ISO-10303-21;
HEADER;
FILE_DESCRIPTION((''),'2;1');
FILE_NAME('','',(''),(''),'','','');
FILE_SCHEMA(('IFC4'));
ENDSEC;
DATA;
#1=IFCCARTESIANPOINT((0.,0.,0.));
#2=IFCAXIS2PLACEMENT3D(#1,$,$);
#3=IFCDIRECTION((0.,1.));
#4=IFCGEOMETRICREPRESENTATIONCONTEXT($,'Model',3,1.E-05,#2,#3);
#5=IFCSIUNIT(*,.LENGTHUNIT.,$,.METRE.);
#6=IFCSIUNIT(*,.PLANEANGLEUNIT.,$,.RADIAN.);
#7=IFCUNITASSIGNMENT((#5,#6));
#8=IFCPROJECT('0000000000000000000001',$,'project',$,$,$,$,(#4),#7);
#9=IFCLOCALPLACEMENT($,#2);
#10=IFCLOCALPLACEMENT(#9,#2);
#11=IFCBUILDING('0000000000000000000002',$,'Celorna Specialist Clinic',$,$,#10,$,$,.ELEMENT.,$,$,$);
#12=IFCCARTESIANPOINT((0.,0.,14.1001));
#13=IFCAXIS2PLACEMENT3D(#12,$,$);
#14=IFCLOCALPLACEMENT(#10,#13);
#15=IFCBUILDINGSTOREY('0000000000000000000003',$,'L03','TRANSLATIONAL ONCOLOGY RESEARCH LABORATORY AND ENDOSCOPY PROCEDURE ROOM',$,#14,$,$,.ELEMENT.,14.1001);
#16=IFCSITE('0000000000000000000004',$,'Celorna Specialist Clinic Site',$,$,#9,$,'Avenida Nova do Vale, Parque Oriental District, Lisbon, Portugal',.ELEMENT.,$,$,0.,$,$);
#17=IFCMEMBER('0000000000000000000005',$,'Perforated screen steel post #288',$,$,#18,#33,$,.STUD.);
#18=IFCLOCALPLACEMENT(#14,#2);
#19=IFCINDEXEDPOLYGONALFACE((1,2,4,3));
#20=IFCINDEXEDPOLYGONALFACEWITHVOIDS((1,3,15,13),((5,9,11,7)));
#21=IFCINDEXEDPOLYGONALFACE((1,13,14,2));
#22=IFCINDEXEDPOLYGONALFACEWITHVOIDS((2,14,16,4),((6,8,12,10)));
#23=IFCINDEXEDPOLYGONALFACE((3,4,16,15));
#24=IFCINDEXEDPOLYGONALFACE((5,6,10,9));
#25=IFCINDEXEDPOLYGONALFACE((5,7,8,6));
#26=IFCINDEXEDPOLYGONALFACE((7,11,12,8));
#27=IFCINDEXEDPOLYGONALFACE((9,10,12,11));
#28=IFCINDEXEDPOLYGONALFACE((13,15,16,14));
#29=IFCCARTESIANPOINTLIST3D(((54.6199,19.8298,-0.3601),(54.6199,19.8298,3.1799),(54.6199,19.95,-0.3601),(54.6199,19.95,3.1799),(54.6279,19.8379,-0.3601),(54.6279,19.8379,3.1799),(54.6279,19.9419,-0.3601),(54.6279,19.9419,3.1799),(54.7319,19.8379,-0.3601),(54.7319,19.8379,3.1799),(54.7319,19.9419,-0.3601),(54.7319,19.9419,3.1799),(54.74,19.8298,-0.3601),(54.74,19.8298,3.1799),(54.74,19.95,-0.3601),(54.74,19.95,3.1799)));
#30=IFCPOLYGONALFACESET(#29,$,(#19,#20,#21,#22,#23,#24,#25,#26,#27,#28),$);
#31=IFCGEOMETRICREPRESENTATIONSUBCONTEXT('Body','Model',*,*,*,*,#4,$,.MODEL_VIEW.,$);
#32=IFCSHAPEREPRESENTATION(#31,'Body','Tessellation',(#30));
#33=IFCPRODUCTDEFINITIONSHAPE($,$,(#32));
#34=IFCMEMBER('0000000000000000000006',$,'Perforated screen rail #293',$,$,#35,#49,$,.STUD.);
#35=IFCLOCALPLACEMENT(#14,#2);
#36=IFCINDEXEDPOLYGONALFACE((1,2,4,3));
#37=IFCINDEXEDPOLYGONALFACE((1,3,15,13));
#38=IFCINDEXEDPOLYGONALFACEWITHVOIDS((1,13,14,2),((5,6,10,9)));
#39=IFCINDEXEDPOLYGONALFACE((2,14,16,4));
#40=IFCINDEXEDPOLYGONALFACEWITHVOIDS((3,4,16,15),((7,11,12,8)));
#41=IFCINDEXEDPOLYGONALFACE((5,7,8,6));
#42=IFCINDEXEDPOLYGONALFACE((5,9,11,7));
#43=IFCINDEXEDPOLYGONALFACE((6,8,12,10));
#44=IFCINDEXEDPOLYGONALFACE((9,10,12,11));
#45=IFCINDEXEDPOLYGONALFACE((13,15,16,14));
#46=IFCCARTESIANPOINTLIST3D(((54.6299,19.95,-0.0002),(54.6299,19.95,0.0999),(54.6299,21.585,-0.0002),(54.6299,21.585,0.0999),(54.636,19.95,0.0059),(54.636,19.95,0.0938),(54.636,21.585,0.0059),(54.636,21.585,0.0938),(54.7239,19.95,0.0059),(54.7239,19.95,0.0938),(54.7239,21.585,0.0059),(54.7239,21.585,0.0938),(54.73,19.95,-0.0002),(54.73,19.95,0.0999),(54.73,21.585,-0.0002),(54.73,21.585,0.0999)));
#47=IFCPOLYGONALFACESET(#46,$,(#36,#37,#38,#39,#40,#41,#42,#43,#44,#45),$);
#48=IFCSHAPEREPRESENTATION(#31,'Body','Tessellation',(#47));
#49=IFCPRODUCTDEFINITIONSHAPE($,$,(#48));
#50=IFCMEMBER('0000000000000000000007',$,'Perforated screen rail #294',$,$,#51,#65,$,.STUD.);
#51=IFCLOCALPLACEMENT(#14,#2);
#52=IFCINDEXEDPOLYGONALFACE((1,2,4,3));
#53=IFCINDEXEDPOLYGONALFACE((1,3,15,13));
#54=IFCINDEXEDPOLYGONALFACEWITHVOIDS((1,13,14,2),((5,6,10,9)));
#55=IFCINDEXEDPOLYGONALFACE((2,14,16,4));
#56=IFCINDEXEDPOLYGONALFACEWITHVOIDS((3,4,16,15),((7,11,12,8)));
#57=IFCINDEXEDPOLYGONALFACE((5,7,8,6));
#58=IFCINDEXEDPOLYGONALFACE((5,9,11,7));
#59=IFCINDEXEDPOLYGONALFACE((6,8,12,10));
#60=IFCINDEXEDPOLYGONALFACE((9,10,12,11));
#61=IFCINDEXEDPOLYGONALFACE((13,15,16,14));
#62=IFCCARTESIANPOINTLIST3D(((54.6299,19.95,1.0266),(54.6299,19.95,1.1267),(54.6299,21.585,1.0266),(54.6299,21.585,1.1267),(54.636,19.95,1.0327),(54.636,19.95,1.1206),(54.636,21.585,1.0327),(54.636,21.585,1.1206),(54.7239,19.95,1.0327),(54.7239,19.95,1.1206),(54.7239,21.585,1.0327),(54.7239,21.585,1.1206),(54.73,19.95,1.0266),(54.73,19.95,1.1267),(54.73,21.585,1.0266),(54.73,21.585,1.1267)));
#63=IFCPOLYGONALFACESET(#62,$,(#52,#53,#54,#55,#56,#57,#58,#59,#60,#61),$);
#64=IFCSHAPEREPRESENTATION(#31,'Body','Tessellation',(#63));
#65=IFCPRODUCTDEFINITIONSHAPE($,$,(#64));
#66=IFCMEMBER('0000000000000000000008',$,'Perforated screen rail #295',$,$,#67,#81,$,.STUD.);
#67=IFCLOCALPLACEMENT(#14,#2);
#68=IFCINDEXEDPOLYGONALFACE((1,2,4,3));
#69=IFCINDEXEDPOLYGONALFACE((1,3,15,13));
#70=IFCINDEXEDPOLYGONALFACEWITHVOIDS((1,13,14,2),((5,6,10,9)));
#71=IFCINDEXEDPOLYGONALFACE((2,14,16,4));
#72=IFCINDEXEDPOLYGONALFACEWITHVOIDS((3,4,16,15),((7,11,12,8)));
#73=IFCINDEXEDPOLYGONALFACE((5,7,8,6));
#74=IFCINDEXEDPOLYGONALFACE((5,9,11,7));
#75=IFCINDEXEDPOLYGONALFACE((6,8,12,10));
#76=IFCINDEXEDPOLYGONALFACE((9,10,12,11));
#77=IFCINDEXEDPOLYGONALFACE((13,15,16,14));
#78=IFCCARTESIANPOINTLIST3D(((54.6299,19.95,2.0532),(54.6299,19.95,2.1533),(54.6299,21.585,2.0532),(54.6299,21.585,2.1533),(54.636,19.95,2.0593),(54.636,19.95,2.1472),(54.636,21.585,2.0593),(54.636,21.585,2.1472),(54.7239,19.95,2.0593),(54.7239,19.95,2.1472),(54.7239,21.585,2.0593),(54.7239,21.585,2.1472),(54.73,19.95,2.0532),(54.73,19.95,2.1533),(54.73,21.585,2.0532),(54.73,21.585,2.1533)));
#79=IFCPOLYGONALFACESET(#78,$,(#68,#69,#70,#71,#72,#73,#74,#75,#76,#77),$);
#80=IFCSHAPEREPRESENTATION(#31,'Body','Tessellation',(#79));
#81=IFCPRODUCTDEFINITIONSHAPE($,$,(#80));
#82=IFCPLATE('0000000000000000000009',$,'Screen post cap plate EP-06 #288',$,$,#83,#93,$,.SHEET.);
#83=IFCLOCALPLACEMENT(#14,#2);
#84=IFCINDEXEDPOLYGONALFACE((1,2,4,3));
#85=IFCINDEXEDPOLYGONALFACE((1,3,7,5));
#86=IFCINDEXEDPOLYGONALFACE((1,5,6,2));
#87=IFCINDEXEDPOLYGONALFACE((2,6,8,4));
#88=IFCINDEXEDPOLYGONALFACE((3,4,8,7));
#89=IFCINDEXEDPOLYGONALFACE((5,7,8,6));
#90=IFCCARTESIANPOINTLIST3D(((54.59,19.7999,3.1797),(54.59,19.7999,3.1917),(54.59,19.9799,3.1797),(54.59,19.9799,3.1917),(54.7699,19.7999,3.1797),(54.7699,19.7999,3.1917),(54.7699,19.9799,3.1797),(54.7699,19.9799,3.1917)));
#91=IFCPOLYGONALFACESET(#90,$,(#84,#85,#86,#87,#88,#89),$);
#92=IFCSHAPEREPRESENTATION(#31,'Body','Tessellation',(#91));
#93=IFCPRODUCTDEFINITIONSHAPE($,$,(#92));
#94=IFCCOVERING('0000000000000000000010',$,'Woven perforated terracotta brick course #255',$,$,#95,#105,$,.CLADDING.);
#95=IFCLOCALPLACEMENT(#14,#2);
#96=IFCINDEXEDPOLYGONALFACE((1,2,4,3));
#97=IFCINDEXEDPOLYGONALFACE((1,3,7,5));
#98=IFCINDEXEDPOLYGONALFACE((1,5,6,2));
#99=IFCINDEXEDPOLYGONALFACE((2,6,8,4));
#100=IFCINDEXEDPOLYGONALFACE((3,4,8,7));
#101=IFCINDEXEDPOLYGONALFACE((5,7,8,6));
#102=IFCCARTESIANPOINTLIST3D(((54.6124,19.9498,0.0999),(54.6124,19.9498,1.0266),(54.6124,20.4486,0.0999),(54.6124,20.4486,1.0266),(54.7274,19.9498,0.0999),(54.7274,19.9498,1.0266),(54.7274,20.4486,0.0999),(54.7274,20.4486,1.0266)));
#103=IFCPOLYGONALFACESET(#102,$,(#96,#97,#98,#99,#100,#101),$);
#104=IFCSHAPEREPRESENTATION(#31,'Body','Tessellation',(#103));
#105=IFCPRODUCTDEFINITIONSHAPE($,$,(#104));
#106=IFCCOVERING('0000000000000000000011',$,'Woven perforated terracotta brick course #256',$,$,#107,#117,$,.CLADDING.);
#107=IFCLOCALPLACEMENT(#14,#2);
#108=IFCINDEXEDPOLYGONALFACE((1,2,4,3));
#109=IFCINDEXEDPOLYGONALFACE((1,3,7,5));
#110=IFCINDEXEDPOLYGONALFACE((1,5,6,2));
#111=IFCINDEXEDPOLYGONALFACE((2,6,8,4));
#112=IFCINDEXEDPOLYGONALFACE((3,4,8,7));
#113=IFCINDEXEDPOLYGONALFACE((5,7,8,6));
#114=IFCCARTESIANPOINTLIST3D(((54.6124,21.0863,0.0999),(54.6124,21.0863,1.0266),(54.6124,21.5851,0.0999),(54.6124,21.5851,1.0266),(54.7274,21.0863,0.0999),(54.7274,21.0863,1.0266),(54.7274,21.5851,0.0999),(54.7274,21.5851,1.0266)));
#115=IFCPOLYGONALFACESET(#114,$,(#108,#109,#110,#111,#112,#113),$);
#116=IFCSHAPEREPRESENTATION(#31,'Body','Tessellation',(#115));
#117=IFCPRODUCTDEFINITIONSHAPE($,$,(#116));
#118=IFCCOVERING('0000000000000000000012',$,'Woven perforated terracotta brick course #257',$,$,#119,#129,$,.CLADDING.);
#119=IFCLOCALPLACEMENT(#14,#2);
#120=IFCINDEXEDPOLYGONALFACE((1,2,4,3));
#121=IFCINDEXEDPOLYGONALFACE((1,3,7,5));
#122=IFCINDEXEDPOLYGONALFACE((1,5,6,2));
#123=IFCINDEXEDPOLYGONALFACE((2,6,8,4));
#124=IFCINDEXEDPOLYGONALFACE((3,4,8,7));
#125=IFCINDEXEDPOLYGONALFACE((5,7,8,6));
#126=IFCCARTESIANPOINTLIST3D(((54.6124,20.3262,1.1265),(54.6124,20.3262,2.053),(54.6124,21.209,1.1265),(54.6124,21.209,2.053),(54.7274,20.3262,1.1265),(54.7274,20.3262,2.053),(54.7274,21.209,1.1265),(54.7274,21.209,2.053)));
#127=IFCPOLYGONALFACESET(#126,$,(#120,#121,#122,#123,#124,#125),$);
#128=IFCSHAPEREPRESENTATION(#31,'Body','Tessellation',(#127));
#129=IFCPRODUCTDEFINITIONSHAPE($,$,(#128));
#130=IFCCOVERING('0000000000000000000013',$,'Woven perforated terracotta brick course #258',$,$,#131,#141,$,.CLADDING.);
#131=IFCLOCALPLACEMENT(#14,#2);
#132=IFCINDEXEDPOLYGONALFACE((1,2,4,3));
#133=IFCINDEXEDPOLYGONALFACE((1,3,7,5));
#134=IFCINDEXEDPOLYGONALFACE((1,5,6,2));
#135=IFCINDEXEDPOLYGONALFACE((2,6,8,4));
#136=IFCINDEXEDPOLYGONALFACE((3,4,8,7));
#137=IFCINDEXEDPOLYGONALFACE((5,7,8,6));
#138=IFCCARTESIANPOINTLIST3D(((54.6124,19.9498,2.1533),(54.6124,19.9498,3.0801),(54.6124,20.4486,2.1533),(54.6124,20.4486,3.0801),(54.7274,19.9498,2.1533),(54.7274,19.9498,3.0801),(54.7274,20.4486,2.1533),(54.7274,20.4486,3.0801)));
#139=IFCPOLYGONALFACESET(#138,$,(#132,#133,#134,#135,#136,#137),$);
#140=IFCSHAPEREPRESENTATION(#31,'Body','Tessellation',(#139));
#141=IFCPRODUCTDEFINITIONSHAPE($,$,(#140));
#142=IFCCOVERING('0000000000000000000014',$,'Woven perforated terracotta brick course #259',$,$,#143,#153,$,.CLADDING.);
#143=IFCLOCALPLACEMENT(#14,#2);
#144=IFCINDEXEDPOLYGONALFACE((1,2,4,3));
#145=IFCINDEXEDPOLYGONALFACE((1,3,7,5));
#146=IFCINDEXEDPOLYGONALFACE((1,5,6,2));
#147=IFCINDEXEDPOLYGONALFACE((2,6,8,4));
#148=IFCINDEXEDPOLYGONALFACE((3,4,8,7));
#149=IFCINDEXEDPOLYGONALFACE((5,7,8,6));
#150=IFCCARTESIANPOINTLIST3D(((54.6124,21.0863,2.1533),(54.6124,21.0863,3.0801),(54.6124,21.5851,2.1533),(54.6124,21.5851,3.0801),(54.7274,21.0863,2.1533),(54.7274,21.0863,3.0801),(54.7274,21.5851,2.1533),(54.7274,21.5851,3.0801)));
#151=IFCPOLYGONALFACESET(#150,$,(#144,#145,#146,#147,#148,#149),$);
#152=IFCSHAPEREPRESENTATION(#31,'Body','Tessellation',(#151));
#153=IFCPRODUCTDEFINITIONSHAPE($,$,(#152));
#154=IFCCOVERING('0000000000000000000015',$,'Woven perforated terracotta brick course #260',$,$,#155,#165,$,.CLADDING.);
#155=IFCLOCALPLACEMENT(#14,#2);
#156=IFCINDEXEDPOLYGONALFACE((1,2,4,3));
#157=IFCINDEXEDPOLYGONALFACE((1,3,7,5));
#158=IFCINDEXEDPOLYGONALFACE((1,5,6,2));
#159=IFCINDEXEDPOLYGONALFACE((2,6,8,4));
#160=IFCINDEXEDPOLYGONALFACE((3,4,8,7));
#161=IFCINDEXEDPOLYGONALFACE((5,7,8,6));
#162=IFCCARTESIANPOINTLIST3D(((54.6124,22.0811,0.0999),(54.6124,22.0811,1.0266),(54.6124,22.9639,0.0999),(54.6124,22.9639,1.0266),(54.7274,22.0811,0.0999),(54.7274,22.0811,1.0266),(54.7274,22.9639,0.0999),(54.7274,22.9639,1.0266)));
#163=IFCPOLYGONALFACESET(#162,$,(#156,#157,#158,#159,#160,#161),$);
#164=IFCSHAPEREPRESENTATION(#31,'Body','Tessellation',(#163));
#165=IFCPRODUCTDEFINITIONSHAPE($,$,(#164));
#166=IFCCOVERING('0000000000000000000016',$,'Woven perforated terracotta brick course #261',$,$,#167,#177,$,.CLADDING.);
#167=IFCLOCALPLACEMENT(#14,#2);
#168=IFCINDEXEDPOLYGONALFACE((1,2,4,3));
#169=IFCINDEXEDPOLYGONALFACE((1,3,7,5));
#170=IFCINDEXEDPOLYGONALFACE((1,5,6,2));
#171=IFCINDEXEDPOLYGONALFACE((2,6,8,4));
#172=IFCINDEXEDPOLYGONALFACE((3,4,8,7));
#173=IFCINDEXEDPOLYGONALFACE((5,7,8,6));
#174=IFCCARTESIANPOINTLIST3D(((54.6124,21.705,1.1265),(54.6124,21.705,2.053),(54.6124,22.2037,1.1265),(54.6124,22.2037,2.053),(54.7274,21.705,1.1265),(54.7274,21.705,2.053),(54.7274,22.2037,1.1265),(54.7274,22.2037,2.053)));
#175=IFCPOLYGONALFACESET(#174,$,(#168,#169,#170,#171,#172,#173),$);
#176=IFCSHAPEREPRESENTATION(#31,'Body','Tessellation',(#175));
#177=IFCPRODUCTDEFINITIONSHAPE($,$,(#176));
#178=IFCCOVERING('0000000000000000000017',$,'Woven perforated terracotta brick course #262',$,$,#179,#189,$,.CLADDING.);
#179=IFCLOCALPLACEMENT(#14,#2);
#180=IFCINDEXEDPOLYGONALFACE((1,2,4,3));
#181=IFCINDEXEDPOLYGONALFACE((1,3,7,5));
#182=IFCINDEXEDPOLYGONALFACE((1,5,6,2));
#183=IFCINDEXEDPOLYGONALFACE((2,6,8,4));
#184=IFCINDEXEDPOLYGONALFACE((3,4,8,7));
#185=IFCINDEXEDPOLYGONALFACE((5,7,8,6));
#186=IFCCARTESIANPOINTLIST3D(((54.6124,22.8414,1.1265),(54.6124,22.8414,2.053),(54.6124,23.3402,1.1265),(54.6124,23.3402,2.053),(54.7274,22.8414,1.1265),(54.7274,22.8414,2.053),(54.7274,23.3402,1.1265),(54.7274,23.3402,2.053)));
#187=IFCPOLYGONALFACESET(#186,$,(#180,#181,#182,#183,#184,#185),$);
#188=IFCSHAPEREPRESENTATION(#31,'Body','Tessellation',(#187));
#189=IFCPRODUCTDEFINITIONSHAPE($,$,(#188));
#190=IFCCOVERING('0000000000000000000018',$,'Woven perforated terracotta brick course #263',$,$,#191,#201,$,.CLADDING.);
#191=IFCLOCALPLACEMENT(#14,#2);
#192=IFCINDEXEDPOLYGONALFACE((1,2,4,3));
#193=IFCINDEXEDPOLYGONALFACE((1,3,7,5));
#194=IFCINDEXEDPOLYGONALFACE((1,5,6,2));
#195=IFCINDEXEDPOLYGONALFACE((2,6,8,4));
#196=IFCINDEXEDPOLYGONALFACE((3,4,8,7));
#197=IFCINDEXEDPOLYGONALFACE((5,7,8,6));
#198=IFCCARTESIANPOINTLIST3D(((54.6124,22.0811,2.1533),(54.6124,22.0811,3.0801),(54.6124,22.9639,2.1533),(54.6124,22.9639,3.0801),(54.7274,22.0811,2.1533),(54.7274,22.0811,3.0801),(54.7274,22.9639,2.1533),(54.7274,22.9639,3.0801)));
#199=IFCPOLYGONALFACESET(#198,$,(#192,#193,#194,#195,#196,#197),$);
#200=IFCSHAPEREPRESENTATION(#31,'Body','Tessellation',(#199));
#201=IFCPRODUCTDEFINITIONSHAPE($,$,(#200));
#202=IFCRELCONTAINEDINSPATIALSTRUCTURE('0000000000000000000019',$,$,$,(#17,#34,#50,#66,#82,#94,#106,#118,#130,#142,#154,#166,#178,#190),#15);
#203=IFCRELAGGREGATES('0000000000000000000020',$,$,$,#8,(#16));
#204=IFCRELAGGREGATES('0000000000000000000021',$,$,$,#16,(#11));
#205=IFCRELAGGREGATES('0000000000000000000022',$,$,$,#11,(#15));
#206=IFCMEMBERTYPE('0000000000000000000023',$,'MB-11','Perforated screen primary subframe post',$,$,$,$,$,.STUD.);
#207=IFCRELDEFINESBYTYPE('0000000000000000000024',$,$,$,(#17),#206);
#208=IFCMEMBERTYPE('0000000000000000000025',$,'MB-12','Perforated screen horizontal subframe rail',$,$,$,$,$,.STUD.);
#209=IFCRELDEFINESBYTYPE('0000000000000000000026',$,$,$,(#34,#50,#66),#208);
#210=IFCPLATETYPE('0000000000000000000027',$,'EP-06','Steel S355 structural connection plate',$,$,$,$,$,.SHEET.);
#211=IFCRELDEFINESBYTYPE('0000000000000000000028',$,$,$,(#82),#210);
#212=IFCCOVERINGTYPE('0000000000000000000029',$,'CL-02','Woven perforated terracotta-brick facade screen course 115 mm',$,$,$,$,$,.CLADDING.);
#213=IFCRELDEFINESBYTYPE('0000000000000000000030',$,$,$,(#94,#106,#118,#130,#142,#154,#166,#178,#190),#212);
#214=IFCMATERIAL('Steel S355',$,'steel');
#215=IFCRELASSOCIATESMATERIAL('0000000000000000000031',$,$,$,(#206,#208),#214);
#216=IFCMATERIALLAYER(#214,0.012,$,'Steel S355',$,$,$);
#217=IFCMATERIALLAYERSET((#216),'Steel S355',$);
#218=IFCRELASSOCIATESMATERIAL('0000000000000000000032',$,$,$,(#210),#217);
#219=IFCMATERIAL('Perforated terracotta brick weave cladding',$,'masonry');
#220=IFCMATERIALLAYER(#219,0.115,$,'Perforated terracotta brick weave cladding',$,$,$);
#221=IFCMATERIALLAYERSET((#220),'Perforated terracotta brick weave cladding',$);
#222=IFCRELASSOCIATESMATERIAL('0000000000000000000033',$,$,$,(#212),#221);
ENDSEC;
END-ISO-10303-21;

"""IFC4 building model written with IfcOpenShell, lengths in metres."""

from ifc_helpers import new_model, si_unit, direction, frame, origin, origin_2d, place, context, subcontext, project, spatial, rectangle, hollow_rectangle, extrude, material, layer, layer_set, material_profile, profile_set, type_object, element, save


model = new_model("IFC4")

# Units and contexts
model_context = context("Model", 3, precision=1e-05, world=origin(), true_north=direction((0.0, 1.0)))
body_context = subcontext(model_context, "Body", "Model", "MODEL_VIEW")
ifc_project = project(units=[si_unit("LENGTHUNIT", "METRE"), si_unit("PLANEANGLEUNIT", "RADIAN")], contexts=[model_context])

# Site, building, storey
site_placement = place(None, origin())
site = spatial("IfcSite", under=ifc_project, at=site_placement, Name="Celorna Specialist Clinic Site", LongName="Avenida Nova do Vale, Parque Oriental District, Lisbon, Portugal", CompositionType="ELEMENT", RefElevation=0.0)
building_placement = place(site_placement, origin())
building = spatial("IfcBuilding", under=site, at=building_placement, Name="Celorna Specialist Clinic", CompositionType="ELEMENT")
storey_placement = place(building_placement, frame((0.0, 0.0, 14.1001)))
storey = spatial("IfcBuildingStorey", under=building, at=storey_placement, Name="L03", Description="TRANSLATIONAL ONCOLOGY RESEARCH LABORATORY AND ENDOSCOPY PROCEDURE ROOM", CompositionType="ELEMENT", Elevation=14.1001)

# Members
ifc_material_1 = material(Name="Steel S355", Category="steel")
ifc_material_profile_1 = material_profile(ifc_material_1, hollow_rectangle(XDim=0.1201, YDim=0.1201, WallThickness=0.0081, at=origin_2d()), Name="SHS 120x120x8")
ifc_profile_set_1 = profile_set([ifc_material_profile_1], Name="Steel S355")
member_type_1 = type_object("IfcMemberType", Name="MB-11", Description="Perforated screen primary subframe post", PredefinedType="STUD", material=ifc_profile_set_1)
member_placement = place(storey_placement, frame((54.6799, 19.8899, -0.3601), z_axis=(0.0, 0.0, 1.0), x_axis=(1.0, 0.0, 0.0)))
element("IfcMember", 1, at=member_placement, inside=storey, type_object=member_type_1, Name="Perforated screen steel post #288", PredefinedType="STUD", context=body_context, shape_type="SweptSolid", body=[
    extrude(hollow_rectangle(XDim=0.1201, YDim=0.1201, WallThickness=0.0081, at=origin_2d()), origin(), (0.0, 0.0, 1.0), 3.54),
])
ifc_material_profile_2 = material_profile(ifc_material_1, hollow_rectangle(XDim=0.1001, YDim=0.1001, WallThickness=0.0061, at=origin_2d()), Name="SHS 100x100x6")
ifc_profile_set_2 = profile_set([ifc_material_profile_2], Name="Steel S355")
member_type_2 = type_object("IfcMemberType", Name="MB-12", Description="Perforated screen horizontal subframe rail", PredefinedType="STUD", material=ifc_profile_set_2)
for number, where, z_axis, x_axis, name in (
    (2, (54.6799, 19.95, 0.0498), (0.0, 1.0, 0.0), (-1.0, 0.0, 0.0), "Perforated screen rail #293"),
    (3, (54.6799, 19.95, 1.0767), (0.0, 1.0, 0.0), (-1.0, 0.0, 0.0), "Perforated screen rail #294"),
    (4, (54.6799, 19.95, 2.1033), (0.0, 1.0, 0.0), (-1.0, 0.0, 0.0), "Perforated screen rail #295"),
):
    element("IfcMember", number, at=place(storey_placement, frame(where, z_axis=z_axis, x_axis=x_axis)), inside=storey, type_object=member_type_2, Name=name, PredefinedType="STUD", context=body_context, shape_type="SweptSolid", body=[
        extrude(hollow_rectangle(XDim=0.1001, YDim=0.1001, WallThickness=0.0061, at=origin_2d()), origin(), (0.0, 0.0, 1.0), 1.635),
    ])

# Plate
ifc_layer_1 = layer(ifc_material_1, 0.012, Name="Steel S355")
ifc_layer_set_1 = layer_set([ifc_layer_1], Name="Steel S355")
plate_type = type_object("IfcPlateType", Name="EP-06", Description="Steel S355 structural connection plate", PredefinedType="SHEET", material=ifc_layer_set_1)
plate_placement = place(storey_placement, frame((54.6799, 19.8899, 3.1797), z_axis=(0.0, 0.0, 1.0), x_axis=(0.0, 1.0, 0.0)))
element("IfcPlate", 5, at=plate_placement, inside=storey, type_object=plate_type, Name="Screen post cap plate EP-06 #288", PredefinedType="SHEET", context=body_context, shape_type="SweptSolid", body=[
    extrude(rectangle(XDim=0.1799, YDim=0.1799, at=origin_2d()), origin(), (0.0, 0.0, 1.0), 0.012),
])

# Coverings
ifc_material_2 = material(Name="Perforated terracotta brick weave cladding", Category="masonry")
ifc_layer_2 = layer(ifc_material_2, 0.115, Name="Perforated terracotta brick weave cladding")
ifc_layer_set_2 = layer_set([ifc_layer_2], Name="Perforated terracotta brick weave cladding")
covering_type = type_object("IfcCoveringType", Name="CL-02", Description="Woven perforated terracotta-brick facade screen course 115 mm", PredefinedType="CLADDING", material=ifc_layer_set_2)
for number, where, z_axis, x_axis, name in (
    (6, (54.6699, 20.1992, 0.0999), (0.0, 0.0, 1.0), (0.0, 1.0, 0.0), "Woven perforated terracotta brick course #255"),
    (7, (54.6699, 21.3357, 0.0999), (0.0, 0.0, 1.0), (0.0, 1.0, 0.0), "Woven perforated terracotta brick course #256"),
):
    element("IfcCovering", number, at=place(storey_placement, frame(where, z_axis=z_axis, x_axis=x_axis)), inside=storey, type_object=covering_type, Name=name, PredefinedType="CLADDING", context=body_context, shape_type="SweptSolid", body=[
        extrude(rectangle(XDim=0.4988, YDim=0.115, at=origin_2d()), origin(), (0.0, 0.0, 1.0), 0.9268),
    ])
covering_1_placement = place(storey_placement, frame((54.6699, 20.7676, 1.1265), z_axis=(0.0, 0.0, 1.0), x_axis=(0.0, 1.0, 0.0)))
element("IfcCovering", 8, at=covering_1_placement, inside=storey, type_object=covering_type, Name="Woven perforated terracotta brick course #257", PredefinedType="CLADDING", context=body_context, shape_type="SweptSolid", body=[
    extrude(rectangle(XDim=0.8828, YDim=0.115, at=origin_2d()), origin(), (0.0, 0.0, 1.0), 0.9265),
])
for number, where, z_axis, x_axis, name in (
    (9, (54.6699, 20.1992, 2.1533), (0.0, 0.0, 1.0), (0.0, 1.0, 0.0), "Woven perforated terracotta brick course #258"),
    (10, (54.6699, 21.3357, 2.1533), (0.0, 0.0, 1.0), (0.0, 1.0, 0.0), "Woven perforated terracotta brick course #259"),
):
    element("IfcCovering", number, at=place(storey_placement, frame(where, z_axis=z_axis, x_axis=x_axis)), inside=storey, type_object=covering_type, Name=name, PredefinedType="CLADDING", context=body_context, shape_type="SweptSolid", body=[
        extrude(rectangle(XDim=0.4988, YDim=0.115, at=origin_2d()), origin(), (0.0, 0.0, 1.0), 0.9268),
    ])
covering_2_placement = place(storey_placement, frame((54.6699, 22.5225, 0.0999), z_axis=(0.0, 0.0, 1.0), x_axis=(0.0, 1.0, 0.0)))
element("IfcCovering", 11, at=covering_2_placement, inside=storey, type_object=covering_type, Name="Woven perforated terracotta brick course #260", PredefinedType="CLADDING", context=body_context, shape_type="SweptSolid", body=[
    extrude(rectangle(XDim=0.8828, YDim=0.115, at=origin_2d()), origin(), (0.0, 0.0, 1.0), 0.9268),
])
for number, where, z_axis, x_axis, name in (
    (12, (54.6699, 21.9543, 1.1265), (0.0, 0.0, 1.0), (0.0, 1.0, 0.0), "Woven perforated terracotta brick course #261"),
    (13, (54.6699, 23.0908, 1.1265), (0.0, 0.0, 1.0), (0.0, 1.0, 0.0), "Woven perforated terracotta brick course #262"),
):
    element("IfcCovering", number, at=place(storey_placement, frame(where, z_axis=z_axis, x_axis=x_axis)), inside=storey, type_object=covering_type, Name=name, PredefinedType="CLADDING", context=body_context, shape_type="SweptSolid", body=[
        extrude(rectangle(XDim=0.4988, YDim=0.115, at=origin_2d()), origin(), (0.0, 0.0, 1.0), 0.9265),
    ])
covering_3_placement = place(storey_placement, frame((54.6699, 22.5225, 2.1533), z_axis=(0.0, 0.0, 1.0), x_axis=(0.0, 1.0, 0.0)))
element("IfcCovering", 14, at=covering_3_placement, inside=storey, type_object=covering_type, Name="Woven perforated terracotta brick course #263", PredefinedType="CLADDING", context=body_context, shape_type="SweptSolid", body=[
    extrude(rectangle(XDim=0.8828, YDim=0.115, at=origin_2d()), origin(), (0.0, 0.0, 1.0), 0.9268),
])

save(model, "model.ifc")
